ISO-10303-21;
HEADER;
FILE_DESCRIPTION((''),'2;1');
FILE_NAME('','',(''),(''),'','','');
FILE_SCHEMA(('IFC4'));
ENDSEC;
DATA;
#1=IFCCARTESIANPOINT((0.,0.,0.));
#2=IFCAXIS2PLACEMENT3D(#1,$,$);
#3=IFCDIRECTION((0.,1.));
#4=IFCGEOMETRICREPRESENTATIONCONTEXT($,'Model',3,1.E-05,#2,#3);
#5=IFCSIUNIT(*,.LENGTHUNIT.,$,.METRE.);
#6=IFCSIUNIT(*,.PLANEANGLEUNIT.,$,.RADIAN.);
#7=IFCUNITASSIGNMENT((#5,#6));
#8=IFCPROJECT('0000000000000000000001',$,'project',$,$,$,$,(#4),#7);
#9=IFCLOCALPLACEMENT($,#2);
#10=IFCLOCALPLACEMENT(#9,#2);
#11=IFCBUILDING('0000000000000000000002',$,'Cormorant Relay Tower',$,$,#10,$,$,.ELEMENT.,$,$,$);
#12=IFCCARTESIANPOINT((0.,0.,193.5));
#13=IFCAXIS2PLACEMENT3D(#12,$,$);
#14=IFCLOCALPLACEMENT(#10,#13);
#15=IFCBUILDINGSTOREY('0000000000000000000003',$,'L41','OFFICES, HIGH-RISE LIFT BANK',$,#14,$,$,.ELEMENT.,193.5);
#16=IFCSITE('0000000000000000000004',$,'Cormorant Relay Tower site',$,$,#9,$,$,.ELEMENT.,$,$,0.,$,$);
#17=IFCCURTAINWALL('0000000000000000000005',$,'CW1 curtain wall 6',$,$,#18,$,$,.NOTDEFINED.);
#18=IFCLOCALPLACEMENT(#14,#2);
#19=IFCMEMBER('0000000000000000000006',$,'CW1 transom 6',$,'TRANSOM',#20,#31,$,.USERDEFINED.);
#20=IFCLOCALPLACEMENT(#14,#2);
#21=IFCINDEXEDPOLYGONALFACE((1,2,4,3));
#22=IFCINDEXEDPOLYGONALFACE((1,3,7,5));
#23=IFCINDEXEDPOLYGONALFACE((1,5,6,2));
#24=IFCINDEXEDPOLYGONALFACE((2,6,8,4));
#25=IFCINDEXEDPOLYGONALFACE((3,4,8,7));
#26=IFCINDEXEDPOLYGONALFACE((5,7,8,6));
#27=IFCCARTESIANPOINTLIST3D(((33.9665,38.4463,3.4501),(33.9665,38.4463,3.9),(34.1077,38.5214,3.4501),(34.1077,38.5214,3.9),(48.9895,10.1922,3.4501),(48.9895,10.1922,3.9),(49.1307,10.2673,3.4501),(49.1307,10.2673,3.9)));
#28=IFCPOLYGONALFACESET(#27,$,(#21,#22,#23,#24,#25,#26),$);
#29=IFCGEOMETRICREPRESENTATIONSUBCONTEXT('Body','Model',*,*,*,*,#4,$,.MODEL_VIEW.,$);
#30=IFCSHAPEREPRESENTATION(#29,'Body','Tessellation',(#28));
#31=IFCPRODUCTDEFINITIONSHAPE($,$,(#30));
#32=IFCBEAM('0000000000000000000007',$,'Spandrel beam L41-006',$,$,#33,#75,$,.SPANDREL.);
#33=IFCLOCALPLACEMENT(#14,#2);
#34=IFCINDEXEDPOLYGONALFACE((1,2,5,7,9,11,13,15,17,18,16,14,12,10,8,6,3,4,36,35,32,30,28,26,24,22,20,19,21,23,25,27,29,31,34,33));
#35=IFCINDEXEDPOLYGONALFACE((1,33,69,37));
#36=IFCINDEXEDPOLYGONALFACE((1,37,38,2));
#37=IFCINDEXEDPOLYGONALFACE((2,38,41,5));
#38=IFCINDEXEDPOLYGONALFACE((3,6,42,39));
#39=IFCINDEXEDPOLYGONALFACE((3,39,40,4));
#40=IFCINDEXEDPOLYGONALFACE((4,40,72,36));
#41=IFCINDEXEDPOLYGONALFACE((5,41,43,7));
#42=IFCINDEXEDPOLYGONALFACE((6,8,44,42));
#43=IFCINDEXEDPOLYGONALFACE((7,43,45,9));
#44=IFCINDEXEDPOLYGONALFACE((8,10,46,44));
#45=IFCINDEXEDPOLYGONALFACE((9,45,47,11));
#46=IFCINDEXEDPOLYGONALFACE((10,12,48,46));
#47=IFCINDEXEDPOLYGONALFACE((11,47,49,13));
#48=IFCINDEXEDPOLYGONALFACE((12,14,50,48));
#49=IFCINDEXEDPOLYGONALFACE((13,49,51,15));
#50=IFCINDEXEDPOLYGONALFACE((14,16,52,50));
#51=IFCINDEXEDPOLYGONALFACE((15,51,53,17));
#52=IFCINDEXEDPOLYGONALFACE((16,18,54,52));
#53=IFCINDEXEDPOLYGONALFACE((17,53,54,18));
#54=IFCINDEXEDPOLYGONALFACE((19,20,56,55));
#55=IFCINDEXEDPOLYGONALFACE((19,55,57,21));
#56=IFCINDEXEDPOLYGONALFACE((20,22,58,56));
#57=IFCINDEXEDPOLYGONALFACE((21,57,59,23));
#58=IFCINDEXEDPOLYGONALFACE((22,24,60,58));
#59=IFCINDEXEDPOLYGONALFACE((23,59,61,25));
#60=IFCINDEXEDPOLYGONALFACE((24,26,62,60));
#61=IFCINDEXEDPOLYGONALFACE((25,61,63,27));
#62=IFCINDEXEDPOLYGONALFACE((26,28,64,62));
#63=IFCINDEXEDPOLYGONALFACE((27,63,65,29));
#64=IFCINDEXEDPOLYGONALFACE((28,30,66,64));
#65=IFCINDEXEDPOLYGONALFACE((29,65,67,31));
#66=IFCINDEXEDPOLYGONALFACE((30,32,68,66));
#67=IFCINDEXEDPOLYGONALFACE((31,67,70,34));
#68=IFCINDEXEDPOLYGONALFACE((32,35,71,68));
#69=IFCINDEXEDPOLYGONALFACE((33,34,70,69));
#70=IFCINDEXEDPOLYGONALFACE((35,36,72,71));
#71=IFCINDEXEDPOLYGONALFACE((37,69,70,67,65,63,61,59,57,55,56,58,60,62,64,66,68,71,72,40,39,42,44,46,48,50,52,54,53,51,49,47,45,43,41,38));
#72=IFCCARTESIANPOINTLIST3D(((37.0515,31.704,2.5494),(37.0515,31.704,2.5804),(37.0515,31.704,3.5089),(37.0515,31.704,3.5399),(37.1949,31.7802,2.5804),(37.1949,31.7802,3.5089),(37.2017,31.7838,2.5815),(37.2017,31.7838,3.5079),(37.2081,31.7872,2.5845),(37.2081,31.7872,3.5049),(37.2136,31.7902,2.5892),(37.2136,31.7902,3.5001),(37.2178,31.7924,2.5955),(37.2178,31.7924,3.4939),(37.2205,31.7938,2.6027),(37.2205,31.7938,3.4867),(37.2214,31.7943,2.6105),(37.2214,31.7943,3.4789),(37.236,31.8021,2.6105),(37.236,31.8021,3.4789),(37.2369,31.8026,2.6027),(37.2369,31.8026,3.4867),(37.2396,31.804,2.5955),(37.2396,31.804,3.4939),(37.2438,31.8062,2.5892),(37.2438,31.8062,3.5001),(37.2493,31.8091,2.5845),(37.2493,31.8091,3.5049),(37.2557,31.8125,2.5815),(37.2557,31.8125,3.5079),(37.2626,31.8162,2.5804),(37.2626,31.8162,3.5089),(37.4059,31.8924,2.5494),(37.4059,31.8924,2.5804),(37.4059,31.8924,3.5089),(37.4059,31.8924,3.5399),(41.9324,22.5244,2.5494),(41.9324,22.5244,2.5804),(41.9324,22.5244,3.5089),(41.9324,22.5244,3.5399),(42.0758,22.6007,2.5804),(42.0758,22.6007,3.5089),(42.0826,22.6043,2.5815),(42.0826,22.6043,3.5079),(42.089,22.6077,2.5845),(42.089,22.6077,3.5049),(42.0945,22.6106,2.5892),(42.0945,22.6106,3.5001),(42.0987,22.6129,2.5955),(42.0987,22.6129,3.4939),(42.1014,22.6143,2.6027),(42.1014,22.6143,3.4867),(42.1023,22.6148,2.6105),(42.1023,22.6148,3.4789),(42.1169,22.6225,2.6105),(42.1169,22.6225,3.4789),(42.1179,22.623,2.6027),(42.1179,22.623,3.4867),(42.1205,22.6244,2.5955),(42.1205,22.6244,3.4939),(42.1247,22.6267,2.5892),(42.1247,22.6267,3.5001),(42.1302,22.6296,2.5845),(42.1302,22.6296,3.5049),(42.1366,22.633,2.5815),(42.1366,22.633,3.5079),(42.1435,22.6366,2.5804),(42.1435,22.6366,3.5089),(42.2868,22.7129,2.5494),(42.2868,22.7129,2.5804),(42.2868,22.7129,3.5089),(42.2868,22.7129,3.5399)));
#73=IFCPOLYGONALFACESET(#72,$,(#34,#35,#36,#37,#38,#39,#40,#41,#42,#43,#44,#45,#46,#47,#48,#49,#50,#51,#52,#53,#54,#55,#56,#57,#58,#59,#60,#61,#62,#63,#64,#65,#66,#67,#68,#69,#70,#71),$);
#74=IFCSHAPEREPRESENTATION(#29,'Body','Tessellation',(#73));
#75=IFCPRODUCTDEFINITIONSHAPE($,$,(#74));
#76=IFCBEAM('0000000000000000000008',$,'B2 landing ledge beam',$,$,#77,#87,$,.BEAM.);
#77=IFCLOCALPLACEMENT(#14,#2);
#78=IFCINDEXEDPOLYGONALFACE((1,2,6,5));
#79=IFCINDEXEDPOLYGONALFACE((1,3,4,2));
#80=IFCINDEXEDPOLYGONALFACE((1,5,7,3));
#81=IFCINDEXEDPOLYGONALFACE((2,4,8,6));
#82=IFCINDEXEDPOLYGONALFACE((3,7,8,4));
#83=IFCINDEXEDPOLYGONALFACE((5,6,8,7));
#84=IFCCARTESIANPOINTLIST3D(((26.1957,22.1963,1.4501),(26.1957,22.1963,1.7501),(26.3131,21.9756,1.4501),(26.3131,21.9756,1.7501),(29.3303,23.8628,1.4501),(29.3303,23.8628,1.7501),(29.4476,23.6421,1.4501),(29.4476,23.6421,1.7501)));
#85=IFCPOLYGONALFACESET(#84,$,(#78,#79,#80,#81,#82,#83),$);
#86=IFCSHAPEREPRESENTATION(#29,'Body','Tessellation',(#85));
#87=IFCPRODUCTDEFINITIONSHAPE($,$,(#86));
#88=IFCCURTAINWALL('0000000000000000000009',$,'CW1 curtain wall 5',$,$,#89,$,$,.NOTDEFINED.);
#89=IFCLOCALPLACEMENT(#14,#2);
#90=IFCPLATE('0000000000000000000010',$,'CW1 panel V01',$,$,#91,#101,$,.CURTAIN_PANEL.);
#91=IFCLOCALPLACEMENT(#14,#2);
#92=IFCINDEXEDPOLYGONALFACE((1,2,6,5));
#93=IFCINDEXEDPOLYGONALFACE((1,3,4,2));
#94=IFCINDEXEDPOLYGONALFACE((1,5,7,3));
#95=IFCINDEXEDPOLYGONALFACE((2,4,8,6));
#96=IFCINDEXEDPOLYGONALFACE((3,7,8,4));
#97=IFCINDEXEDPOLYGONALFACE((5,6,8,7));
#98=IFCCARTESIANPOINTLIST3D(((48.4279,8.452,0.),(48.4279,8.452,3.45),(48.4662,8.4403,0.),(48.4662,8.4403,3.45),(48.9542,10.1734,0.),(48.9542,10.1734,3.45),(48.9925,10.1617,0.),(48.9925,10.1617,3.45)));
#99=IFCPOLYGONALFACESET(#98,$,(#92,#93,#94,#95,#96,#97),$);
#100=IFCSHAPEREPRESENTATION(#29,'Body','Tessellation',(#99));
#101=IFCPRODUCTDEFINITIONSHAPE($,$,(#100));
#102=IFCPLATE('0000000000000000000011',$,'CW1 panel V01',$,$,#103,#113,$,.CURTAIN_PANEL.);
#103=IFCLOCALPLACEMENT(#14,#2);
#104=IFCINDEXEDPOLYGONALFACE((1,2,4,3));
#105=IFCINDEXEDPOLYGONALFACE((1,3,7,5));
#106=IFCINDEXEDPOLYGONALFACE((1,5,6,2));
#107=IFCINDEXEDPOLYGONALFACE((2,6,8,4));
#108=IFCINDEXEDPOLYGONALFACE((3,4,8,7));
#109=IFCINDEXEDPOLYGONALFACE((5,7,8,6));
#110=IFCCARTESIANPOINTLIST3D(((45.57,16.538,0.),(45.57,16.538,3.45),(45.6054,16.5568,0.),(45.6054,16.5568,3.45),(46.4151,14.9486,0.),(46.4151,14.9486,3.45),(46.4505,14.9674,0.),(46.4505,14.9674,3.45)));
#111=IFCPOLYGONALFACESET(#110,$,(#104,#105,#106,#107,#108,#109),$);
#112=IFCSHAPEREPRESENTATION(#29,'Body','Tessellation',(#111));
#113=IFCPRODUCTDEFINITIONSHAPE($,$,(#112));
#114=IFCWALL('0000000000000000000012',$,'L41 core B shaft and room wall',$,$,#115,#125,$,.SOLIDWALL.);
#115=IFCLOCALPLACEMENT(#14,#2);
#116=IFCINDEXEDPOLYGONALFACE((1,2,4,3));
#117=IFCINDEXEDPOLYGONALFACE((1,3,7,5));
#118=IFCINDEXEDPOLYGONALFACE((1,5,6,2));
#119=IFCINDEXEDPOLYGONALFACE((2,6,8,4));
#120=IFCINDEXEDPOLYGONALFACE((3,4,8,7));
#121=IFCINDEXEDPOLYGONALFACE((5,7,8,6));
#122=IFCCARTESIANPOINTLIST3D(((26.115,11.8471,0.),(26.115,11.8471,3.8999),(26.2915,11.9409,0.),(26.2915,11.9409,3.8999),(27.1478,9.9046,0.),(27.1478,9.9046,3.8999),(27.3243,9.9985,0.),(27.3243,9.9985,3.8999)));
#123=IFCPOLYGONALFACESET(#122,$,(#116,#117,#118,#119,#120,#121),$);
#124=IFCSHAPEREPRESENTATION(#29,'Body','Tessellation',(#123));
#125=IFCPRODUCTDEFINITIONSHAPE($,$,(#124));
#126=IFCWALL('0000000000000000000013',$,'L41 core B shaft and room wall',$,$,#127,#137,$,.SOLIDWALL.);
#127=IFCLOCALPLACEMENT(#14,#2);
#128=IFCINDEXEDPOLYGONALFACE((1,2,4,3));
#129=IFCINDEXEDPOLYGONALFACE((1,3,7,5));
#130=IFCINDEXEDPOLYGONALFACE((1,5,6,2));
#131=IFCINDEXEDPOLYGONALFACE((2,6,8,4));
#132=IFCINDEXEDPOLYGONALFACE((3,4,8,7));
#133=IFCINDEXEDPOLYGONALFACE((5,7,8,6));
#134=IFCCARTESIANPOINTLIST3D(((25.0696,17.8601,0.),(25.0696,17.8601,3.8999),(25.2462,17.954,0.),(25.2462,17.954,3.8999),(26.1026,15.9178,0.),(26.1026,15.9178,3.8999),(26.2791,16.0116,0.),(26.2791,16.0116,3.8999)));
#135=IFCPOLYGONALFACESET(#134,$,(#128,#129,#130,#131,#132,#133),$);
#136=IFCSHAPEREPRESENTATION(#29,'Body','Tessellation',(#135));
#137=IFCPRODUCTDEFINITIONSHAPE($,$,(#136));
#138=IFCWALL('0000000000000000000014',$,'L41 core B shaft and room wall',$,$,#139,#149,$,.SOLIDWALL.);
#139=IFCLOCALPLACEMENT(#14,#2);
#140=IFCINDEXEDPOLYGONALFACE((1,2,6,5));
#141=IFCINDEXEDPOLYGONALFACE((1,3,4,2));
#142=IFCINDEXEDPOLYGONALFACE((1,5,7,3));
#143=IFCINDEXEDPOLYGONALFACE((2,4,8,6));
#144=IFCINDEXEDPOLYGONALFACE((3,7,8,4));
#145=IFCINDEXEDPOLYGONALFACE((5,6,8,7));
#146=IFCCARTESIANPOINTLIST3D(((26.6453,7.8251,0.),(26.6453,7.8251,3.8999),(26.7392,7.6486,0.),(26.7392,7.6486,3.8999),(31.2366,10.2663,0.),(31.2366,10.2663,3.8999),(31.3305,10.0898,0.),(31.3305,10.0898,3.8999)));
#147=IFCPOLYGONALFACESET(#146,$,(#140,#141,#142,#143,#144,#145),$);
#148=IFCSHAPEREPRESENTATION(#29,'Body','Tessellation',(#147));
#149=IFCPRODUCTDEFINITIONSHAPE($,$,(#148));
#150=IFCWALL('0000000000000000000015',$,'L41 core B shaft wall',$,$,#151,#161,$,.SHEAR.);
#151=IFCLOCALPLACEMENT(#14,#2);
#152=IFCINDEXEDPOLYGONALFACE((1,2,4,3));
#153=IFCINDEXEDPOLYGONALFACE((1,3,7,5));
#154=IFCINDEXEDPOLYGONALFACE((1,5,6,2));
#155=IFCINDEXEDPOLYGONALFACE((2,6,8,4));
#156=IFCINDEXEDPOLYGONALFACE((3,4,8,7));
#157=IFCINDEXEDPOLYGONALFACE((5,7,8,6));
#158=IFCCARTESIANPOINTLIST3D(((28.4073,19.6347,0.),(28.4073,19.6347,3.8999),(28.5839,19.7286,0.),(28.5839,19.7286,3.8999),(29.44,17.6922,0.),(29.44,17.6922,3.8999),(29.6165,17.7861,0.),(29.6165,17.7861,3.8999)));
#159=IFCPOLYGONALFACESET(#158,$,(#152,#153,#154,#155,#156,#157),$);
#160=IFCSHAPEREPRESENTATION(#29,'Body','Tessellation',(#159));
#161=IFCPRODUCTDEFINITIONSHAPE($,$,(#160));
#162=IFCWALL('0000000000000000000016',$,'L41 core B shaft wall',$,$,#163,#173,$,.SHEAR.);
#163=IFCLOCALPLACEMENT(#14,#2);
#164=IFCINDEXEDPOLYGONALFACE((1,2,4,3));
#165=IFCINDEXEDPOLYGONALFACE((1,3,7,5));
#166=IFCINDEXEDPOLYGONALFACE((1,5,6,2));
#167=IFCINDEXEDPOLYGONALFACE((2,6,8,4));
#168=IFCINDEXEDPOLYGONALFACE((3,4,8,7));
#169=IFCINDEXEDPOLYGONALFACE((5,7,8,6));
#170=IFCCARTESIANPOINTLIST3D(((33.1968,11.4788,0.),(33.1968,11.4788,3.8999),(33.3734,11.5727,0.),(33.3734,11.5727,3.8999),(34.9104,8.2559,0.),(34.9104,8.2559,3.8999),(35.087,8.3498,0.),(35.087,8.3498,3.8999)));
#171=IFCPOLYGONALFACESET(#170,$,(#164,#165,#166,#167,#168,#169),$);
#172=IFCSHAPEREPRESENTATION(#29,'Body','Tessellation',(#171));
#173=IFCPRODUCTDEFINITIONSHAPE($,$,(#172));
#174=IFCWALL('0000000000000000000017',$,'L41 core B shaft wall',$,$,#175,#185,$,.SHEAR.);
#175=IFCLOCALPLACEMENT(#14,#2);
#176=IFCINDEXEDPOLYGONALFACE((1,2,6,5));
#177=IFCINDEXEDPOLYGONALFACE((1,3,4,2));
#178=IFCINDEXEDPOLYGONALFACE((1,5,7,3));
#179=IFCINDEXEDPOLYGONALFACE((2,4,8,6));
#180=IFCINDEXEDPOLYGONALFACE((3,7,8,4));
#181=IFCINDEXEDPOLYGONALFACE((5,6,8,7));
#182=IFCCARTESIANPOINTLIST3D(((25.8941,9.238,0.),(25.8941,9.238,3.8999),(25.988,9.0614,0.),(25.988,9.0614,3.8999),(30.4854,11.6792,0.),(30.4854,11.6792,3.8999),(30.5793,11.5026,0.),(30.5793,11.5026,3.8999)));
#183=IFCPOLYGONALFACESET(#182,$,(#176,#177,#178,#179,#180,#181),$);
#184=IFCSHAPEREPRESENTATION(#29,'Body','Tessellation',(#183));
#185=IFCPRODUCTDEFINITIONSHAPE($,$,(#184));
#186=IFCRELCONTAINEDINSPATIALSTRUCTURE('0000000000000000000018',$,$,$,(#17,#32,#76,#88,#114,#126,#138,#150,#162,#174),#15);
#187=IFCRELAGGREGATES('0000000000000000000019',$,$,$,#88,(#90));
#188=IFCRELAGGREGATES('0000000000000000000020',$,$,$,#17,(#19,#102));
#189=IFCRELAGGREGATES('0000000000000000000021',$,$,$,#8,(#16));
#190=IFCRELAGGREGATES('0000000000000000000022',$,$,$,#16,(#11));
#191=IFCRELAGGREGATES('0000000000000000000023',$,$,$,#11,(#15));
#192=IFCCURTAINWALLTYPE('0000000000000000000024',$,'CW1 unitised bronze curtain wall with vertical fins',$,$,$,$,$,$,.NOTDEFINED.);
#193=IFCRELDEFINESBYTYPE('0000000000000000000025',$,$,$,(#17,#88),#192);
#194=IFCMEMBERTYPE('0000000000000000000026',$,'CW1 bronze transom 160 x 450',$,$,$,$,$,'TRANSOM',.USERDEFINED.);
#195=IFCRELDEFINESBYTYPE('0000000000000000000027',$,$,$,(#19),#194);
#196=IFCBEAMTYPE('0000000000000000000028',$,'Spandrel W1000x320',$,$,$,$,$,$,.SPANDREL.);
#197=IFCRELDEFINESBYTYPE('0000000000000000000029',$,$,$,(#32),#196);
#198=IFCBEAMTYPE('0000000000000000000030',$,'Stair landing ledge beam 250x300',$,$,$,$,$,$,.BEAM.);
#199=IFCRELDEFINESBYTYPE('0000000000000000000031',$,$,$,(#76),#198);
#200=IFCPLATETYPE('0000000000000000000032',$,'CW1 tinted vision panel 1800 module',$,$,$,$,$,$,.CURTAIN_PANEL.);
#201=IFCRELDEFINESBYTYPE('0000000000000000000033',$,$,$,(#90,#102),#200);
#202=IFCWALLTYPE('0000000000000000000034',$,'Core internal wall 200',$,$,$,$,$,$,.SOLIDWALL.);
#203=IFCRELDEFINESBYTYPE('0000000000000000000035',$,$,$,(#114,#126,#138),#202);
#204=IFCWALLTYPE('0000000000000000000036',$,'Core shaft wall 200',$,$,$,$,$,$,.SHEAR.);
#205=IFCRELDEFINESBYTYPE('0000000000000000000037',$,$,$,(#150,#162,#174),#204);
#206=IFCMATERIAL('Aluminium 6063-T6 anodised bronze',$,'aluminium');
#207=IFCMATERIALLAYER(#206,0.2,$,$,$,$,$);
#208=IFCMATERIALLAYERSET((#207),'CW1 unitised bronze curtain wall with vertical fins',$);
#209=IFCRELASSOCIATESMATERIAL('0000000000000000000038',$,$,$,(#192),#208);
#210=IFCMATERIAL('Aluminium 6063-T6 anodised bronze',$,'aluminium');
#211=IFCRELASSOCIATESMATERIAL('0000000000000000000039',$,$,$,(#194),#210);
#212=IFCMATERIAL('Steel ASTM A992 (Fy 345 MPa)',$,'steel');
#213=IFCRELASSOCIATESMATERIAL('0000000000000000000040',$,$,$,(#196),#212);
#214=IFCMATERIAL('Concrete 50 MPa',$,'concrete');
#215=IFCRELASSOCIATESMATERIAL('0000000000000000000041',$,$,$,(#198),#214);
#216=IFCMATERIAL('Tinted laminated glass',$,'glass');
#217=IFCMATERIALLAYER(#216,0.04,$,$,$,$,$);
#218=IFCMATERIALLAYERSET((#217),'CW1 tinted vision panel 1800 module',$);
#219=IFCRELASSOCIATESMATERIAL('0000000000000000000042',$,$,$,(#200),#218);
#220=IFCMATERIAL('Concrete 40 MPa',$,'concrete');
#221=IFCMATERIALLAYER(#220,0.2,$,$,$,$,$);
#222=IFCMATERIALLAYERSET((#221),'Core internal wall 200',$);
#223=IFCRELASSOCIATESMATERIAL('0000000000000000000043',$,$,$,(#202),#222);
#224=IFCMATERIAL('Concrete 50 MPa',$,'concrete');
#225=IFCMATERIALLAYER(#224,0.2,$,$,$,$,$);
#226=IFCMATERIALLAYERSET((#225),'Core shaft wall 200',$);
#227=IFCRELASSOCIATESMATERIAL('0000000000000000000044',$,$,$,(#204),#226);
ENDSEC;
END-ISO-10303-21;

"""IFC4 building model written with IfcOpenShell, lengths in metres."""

from ifc_helpers import new_model, si_unit, direction, frame, frame_2d, origin, origin_2d, place, context, subcontext, project, spatial, rectangle, i_section, extrude, material, layer, layer_set, material_profile, profile_set, type_object, element, aggregate, save


model = new_model("IFC4")

# Units and contexts
model_context = context("Model", 3, precision=1e-05, world=origin(), true_north=direction((0.0, 1.0)))
body_context = subcontext(model_context, "Body", "Model", "MODEL_VIEW")
ifc_project = project(units=[si_unit("LENGTHUNIT", "METRE"), si_unit("PLANEANGLEUNIT", "RADIAN")], contexts=[model_context])

# Site, building, storey
site_placement = place(None, origin())
site = spatial("IfcSite", under=ifc_project, at=site_placement, Name="Cormorant Relay Tower site", CompositionType="ELEMENT", RefElevation=0.0)
building_placement = place(site_placement, origin())
building = spatial("IfcBuilding", under=site, at=building_placement, Name="Cormorant Relay Tower", CompositionType="ELEMENT")
storey_placement = place(building_placement, frame((0.0, 0.0, 193.5)))
storey = spatial("IfcBuildingStorey", under=building, at=storey_placement, Name="L41", Description="OFFICES, HIGH-RISE LIFT BANK", CompositionType="ELEMENT", Elevation=193.5)

# Curtain wall, member
ifc_material_1 = material(Name="Aluminium 6063-T6 anodised bronze", Category="aluminium")
ifc_layer_1 = layer(ifc_material_1, 0.2)
ifc_layer_set_1 = layer_set([ifc_layer_1], Name="CW1 unitised bronze curtain wall with vertical fins")
curtain_wall_type = type_object("IfcCurtainWallType", Name="CW1 unitised bronze curtain wall with vertical fins", PredefinedType="NOTDEFINED", material=ifc_layer_set_1)
curtain_wall_1_placement = place(storey_placement, origin())
curtain_wall_1 = element("IfcCurtainWall", 1, at=curtain_wall_1_placement, inside=storey, type_object=curtain_wall_type, Name="CW1 curtain wall 6", PredefinedType="NOTDEFINED")
ifc_material_2 = material(Name="Aluminium 6063-T6 anodised bronze", Category="aluminium")
ifc_material_profile_1 = material_profile(ifc_material_2, rectangle(XDim=0.1599, YDim=0.45, at=origin_2d()), Name="AL 160x450")
ifc_profile_set_1 = profile_set([ifc_material_profile_1], Name="Aluminium 6063-T6 anodised bronze")
member_type_1 = type_object("IfcMemberType", Name="CW1 bronze transom 160 x 450", ElementType="TRANSOM", PredefinedType="USERDEFINED", material=ifc_profile_set_1)
member_1_placement = place(storey_placement, frame((49.0601, 10.2297, 3.675), z_axis=(-0.46947, 0.882948, 0.0), x_axis=(-0.882948, -0.46947, 0.0)))
member_1 = element("IfcMember", 2, at=member_1_placement, type_object=member_type_1, Name="CW1 transom 6", ObjectType="TRANSOM", PredefinedType="USERDEFINED", context=body_context, shape_type="SweptSolid", body=[
    extrude(rectangle(XDim=0.1599, YDim=0.45, at=origin_2d()), origin(), (0.0, 0.0, 1.0), 31.9998),
])

# Beams
ifc_material_3 = material(Name="Steel ASTM A992 (Fy 345 MPa)", Category="steel")
ifc_material_profile_2 = material_profile(ifc_material_3, i_section(OverallWidth=0.4014, OverallDepth=0.9905, WebThickness=0.0166, FlangeThickness=0.031, FilletRadius=0.03, at=origin_2d()), Name="W1000x320")
ifc_profile_set_2 = profile_set([ifc_material_profile_2], Name="Steel ASTM A992 (Fy 345 MPa)")
beam_type_1 = type_object("IfcBeamType", Name="Spandrel W1000x320", PredefinedType="SPANDREL", material=ifc_profile_set_2)
beam_1_placement = place(storey_placement, frame((42.1096, 22.6187, 3.0447), z_axis=(-0.469476, 0.882945, 0.0), x_axis=(-0.882945, -0.469476, 0.0)))
element("IfcBeam", 3, at=beam_1_placement, inside=storey, type_object=beam_type_1, Name="Spandrel beam L41-006", PredefinedType="SPANDREL", context=body_context, shape_type="SweptSolid", body=[
    extrude(i_section(OverallWidth=0.4014, OverallDepth=0.9905, WebThickness=0.0166, FlangeThickness=0.031, FilletRadius=0.03, at=origin_2d()), origin(), (0.0, 0.0, 1.0), 10.3965),
])
ifc_material_4 = material(Name="Concrete 50 MPa", Category="concrete")
ifc_material_profile_3 = material_profile(ifc_material_4, rectangle(XDim=0.25, YDim=0.3, at=origin_2d()), Name="RC 250x300")
ifc_profile_set_3 = profile_set([ifc_material_profile_3], Name="Concrete 50 MPa")
beam_type_2 = type_object("IfcBeamType", Name="Stair landing ledge beam 250x300", PredefinedType="BEAM", material=ifc_profile_set_3)
beam_2_placement = place(storey_placement, frame((26.2544, 22.0859, 1.6001), z_axis=(0.882965, 0.469438, 0.0), x_axis=(-0.469438, 0.882965, 0.0)))
element("IfcBeam", 4, at=beam_2_placement, inside=storey, type_object=beam_type_2, Name="B2 landing ledge beam", PredefinedType="BEAM", context=body_context, shape_type="SweptSolid", body=[
    extrude(rectangle(XDim=0.25, YDim=0.3, at=origin_2d()), origin(), (0.0, 0.0, 1.0), 3.55),
])

# Curtain wall, plate
curtain_wall_2_placement = place(storey_placement, origin())
curtain_wall_2 = element("IfcCurtainWall", 5, at=curtain_wall_2_placement, inside=storey, type_object=curtain_wall_type, Name="CW1 curtain wall 5", PredefinedType="NOTDEFINED")
ifc_material_5 = material(Name="Tinted laminated glass", Category="glass")
ifc_layer_2 = layer(ifc_material_5, 0.04)
ifc_layer_set_2 = layer_set([ifc_layer_2], Name="CW1 tinted vision panel 1800 module")
plate_type = type_object("IfcPlateType", Name="CW1 tinted vision panel 1800 module", PredefinedType="CURTAIN_PANEL", material=ifc_layer_set_2)
plate_1_placement = place(storey_placement, frame((48.7102, 9.3069, 0.0), z_axis=(0.0, 0.0, 1.0), x_axis=(0.292372, 0.956305, 0.0)))
plate_1 = element("IfcPlate", 6, at=plate_1_placement, type_object=plate_type, Name="CW1 panel V01", PredefinedType="CURTAIN_PANEL", context=body_context, shape_type="SweptSolid", body=[
    extrude(rectangle(XDim=1.8, YDim=0.04, at=origin_2d()), origin(), (0.0, 0.0, 1.0), 3.45),
])
aggregate(curtain_wall_2, [plate_1])

# Plate
plate_2_placement = place(storey_placement, frame((46.0103, 15.7527, 0.0), z_axis=(0.0, 0.0, 1.0), x_axis=(-0.469472, 0.882948, 0.0)))
plate_2 = element("IfcPlate", 7, at=plate_2_placement, type_object=plate_type, Name="CW1 panel V01", PredefinedType="CURTAIN_PANEL", context=body_context, shape_type="SweptSolid", body=[
    extrude(rectangle(XDim=1.8, YDim=0.04, at=origin_2d()), origin(), (0.0, 0.0, 1.0), 3.45),
])

# Walls
ifc_material_6 = material(Name="Concrete 40 MPa", Category="concrete")
ifc_layer_3 = layer(ifc_material_6, 0.2)
ifc_layer_set_3 = layer_set([ifc_layer_3], Name="Core internal wall 200")
wall_type_1 = type_object("IfcWallType", Name="Core internal wall 200", PredefinedType="SOLIDWALL", material=ifc_layer_set_3)
for number, where, z_axis, x_axis, name in (
    (8, (27.2361, 9.9514, 0.0), (0.0, 0.0, 1.0), (-0.469447, 0.88296, 0.0), "L41 core B shaft and room wall"),
    (9, (26.1909, 15.9646, 0.0), (0.0, 0.0, 1.0), (-0.469534, 0.882914, 0.0), "L41 core B shaft and room wall"),
):
    element("IfcWall", number, at=place(storey_placement, frame(where, z_axis=z_axis, x_axis=x_axis)), inside=storey, type_object=wall_type_1, Name=name, PredefinedType="SOLIDWALL", context=body_context, shape_type="SweptSolid", body=[
        extrude(rectangle(XDim=2.2, YDim=0.2, at=frame_2d((1.1001, 0.0))), origin(), (0.0, 0.0, 1.0), 3.8999),
    ])
wall_1_placement = place(storey_placement, frame((26.6921, 7.7368, 0.0), z_axis=(0.0, 0.0, 1.0), x_axis=(0.882954, 0.46946, 0.0)))
element("IfcWall", 10, at=wall_1_placement, inside=storey, type_object=wall_type_1, Name="L41 core B shaft and room wall", PredefinedType="SOLIDWALL", context=body_context, shape_type="SweptSolid", body=[
    extrude(rectangle(XDim=5.2, YDim=0.2, at=frame_2d((2.6001, 0.0))), origin(), (0.0, 0.0, 1.0), 3.8999),
])
ifc_material_7 = material(Name="Concrete 50 MPa", Category="concrete")
ifc_layer_4 = layer(ifc_material_7, 0.2)
ifc_layer_set_4 = layer_set([ifc_layer_4], Name="Core shaft wall 200")
wall_type_2 = type_object("IfcWallType", Name="Core shaft wall 200", PredefinedType="SHEAR", material=ifc_layer_set_4)
wall_2_placement = place(storey_placement, frame((29.5283, 17.739, 0.0), z_axis=(0.0, 0.0, 1.0), x_axis=(-0.469401, 0.882985, 0.0)))
element("IfcWall", 11, at=wall_2_placement, inside=storey, type_object=wall_type_2, Name="L41 core B shaft wall", PredefinedType="SHEAR", context=body_context, shape_type="SweptSolid", body=[
    extrude(rectangle(XDim=2.2, YDim=0.2, at=frame_2d((1.1001, 0.0))), origin(), (0.0, 0.0, 1.0), 3.8999),
])
wall_3_placement = place(storey_placement, frame((34.9988, 8.3027, 0.0), z_axis=(0.0, 0.0, 1.0), x_axis=(-0.469467, 0.88295, 0.0)))
element("IfcWall", 12, at=wall_3_placement, inside=storey, type_object=wall_type_2, Name="L41 core B shaft wall", PredefinedType="SHEAR", context=body_context, shape_type="SweptSolid", body=[
    extrude(rectangle(XDim=3.6501, YDim=0.2, at=frame_2d((1.8252, 0.0))), origin(), (0.0, 0.0, 1.0), 3.8999),
])

# Wall
wall_4_placement = place(storey_placement, frame((25.9409, 9.1497, 0.0), z_axis=(0.0, 0.0, 1.0), x_axis=(0.882954, 0.46946, 0.0)))
element("IfcWall", 13, at=wall_4_placement, inside=storey, type_object=wall_type_2, Name="L41 core B shaft wall", PredefinedType="SHEAR", context=body_context, shape_type="SweptSolid", body=[
    extrude(rectangle(XDim=5.2, YDim=0.2, at=frame_2d((2.6001, 0.0))), origin(), (0.0, 0.0, 1.0), 3.8999),
])

aggregate(curtain_wall_1, [member_1, plate_2])

save(model, "model.ifc")
